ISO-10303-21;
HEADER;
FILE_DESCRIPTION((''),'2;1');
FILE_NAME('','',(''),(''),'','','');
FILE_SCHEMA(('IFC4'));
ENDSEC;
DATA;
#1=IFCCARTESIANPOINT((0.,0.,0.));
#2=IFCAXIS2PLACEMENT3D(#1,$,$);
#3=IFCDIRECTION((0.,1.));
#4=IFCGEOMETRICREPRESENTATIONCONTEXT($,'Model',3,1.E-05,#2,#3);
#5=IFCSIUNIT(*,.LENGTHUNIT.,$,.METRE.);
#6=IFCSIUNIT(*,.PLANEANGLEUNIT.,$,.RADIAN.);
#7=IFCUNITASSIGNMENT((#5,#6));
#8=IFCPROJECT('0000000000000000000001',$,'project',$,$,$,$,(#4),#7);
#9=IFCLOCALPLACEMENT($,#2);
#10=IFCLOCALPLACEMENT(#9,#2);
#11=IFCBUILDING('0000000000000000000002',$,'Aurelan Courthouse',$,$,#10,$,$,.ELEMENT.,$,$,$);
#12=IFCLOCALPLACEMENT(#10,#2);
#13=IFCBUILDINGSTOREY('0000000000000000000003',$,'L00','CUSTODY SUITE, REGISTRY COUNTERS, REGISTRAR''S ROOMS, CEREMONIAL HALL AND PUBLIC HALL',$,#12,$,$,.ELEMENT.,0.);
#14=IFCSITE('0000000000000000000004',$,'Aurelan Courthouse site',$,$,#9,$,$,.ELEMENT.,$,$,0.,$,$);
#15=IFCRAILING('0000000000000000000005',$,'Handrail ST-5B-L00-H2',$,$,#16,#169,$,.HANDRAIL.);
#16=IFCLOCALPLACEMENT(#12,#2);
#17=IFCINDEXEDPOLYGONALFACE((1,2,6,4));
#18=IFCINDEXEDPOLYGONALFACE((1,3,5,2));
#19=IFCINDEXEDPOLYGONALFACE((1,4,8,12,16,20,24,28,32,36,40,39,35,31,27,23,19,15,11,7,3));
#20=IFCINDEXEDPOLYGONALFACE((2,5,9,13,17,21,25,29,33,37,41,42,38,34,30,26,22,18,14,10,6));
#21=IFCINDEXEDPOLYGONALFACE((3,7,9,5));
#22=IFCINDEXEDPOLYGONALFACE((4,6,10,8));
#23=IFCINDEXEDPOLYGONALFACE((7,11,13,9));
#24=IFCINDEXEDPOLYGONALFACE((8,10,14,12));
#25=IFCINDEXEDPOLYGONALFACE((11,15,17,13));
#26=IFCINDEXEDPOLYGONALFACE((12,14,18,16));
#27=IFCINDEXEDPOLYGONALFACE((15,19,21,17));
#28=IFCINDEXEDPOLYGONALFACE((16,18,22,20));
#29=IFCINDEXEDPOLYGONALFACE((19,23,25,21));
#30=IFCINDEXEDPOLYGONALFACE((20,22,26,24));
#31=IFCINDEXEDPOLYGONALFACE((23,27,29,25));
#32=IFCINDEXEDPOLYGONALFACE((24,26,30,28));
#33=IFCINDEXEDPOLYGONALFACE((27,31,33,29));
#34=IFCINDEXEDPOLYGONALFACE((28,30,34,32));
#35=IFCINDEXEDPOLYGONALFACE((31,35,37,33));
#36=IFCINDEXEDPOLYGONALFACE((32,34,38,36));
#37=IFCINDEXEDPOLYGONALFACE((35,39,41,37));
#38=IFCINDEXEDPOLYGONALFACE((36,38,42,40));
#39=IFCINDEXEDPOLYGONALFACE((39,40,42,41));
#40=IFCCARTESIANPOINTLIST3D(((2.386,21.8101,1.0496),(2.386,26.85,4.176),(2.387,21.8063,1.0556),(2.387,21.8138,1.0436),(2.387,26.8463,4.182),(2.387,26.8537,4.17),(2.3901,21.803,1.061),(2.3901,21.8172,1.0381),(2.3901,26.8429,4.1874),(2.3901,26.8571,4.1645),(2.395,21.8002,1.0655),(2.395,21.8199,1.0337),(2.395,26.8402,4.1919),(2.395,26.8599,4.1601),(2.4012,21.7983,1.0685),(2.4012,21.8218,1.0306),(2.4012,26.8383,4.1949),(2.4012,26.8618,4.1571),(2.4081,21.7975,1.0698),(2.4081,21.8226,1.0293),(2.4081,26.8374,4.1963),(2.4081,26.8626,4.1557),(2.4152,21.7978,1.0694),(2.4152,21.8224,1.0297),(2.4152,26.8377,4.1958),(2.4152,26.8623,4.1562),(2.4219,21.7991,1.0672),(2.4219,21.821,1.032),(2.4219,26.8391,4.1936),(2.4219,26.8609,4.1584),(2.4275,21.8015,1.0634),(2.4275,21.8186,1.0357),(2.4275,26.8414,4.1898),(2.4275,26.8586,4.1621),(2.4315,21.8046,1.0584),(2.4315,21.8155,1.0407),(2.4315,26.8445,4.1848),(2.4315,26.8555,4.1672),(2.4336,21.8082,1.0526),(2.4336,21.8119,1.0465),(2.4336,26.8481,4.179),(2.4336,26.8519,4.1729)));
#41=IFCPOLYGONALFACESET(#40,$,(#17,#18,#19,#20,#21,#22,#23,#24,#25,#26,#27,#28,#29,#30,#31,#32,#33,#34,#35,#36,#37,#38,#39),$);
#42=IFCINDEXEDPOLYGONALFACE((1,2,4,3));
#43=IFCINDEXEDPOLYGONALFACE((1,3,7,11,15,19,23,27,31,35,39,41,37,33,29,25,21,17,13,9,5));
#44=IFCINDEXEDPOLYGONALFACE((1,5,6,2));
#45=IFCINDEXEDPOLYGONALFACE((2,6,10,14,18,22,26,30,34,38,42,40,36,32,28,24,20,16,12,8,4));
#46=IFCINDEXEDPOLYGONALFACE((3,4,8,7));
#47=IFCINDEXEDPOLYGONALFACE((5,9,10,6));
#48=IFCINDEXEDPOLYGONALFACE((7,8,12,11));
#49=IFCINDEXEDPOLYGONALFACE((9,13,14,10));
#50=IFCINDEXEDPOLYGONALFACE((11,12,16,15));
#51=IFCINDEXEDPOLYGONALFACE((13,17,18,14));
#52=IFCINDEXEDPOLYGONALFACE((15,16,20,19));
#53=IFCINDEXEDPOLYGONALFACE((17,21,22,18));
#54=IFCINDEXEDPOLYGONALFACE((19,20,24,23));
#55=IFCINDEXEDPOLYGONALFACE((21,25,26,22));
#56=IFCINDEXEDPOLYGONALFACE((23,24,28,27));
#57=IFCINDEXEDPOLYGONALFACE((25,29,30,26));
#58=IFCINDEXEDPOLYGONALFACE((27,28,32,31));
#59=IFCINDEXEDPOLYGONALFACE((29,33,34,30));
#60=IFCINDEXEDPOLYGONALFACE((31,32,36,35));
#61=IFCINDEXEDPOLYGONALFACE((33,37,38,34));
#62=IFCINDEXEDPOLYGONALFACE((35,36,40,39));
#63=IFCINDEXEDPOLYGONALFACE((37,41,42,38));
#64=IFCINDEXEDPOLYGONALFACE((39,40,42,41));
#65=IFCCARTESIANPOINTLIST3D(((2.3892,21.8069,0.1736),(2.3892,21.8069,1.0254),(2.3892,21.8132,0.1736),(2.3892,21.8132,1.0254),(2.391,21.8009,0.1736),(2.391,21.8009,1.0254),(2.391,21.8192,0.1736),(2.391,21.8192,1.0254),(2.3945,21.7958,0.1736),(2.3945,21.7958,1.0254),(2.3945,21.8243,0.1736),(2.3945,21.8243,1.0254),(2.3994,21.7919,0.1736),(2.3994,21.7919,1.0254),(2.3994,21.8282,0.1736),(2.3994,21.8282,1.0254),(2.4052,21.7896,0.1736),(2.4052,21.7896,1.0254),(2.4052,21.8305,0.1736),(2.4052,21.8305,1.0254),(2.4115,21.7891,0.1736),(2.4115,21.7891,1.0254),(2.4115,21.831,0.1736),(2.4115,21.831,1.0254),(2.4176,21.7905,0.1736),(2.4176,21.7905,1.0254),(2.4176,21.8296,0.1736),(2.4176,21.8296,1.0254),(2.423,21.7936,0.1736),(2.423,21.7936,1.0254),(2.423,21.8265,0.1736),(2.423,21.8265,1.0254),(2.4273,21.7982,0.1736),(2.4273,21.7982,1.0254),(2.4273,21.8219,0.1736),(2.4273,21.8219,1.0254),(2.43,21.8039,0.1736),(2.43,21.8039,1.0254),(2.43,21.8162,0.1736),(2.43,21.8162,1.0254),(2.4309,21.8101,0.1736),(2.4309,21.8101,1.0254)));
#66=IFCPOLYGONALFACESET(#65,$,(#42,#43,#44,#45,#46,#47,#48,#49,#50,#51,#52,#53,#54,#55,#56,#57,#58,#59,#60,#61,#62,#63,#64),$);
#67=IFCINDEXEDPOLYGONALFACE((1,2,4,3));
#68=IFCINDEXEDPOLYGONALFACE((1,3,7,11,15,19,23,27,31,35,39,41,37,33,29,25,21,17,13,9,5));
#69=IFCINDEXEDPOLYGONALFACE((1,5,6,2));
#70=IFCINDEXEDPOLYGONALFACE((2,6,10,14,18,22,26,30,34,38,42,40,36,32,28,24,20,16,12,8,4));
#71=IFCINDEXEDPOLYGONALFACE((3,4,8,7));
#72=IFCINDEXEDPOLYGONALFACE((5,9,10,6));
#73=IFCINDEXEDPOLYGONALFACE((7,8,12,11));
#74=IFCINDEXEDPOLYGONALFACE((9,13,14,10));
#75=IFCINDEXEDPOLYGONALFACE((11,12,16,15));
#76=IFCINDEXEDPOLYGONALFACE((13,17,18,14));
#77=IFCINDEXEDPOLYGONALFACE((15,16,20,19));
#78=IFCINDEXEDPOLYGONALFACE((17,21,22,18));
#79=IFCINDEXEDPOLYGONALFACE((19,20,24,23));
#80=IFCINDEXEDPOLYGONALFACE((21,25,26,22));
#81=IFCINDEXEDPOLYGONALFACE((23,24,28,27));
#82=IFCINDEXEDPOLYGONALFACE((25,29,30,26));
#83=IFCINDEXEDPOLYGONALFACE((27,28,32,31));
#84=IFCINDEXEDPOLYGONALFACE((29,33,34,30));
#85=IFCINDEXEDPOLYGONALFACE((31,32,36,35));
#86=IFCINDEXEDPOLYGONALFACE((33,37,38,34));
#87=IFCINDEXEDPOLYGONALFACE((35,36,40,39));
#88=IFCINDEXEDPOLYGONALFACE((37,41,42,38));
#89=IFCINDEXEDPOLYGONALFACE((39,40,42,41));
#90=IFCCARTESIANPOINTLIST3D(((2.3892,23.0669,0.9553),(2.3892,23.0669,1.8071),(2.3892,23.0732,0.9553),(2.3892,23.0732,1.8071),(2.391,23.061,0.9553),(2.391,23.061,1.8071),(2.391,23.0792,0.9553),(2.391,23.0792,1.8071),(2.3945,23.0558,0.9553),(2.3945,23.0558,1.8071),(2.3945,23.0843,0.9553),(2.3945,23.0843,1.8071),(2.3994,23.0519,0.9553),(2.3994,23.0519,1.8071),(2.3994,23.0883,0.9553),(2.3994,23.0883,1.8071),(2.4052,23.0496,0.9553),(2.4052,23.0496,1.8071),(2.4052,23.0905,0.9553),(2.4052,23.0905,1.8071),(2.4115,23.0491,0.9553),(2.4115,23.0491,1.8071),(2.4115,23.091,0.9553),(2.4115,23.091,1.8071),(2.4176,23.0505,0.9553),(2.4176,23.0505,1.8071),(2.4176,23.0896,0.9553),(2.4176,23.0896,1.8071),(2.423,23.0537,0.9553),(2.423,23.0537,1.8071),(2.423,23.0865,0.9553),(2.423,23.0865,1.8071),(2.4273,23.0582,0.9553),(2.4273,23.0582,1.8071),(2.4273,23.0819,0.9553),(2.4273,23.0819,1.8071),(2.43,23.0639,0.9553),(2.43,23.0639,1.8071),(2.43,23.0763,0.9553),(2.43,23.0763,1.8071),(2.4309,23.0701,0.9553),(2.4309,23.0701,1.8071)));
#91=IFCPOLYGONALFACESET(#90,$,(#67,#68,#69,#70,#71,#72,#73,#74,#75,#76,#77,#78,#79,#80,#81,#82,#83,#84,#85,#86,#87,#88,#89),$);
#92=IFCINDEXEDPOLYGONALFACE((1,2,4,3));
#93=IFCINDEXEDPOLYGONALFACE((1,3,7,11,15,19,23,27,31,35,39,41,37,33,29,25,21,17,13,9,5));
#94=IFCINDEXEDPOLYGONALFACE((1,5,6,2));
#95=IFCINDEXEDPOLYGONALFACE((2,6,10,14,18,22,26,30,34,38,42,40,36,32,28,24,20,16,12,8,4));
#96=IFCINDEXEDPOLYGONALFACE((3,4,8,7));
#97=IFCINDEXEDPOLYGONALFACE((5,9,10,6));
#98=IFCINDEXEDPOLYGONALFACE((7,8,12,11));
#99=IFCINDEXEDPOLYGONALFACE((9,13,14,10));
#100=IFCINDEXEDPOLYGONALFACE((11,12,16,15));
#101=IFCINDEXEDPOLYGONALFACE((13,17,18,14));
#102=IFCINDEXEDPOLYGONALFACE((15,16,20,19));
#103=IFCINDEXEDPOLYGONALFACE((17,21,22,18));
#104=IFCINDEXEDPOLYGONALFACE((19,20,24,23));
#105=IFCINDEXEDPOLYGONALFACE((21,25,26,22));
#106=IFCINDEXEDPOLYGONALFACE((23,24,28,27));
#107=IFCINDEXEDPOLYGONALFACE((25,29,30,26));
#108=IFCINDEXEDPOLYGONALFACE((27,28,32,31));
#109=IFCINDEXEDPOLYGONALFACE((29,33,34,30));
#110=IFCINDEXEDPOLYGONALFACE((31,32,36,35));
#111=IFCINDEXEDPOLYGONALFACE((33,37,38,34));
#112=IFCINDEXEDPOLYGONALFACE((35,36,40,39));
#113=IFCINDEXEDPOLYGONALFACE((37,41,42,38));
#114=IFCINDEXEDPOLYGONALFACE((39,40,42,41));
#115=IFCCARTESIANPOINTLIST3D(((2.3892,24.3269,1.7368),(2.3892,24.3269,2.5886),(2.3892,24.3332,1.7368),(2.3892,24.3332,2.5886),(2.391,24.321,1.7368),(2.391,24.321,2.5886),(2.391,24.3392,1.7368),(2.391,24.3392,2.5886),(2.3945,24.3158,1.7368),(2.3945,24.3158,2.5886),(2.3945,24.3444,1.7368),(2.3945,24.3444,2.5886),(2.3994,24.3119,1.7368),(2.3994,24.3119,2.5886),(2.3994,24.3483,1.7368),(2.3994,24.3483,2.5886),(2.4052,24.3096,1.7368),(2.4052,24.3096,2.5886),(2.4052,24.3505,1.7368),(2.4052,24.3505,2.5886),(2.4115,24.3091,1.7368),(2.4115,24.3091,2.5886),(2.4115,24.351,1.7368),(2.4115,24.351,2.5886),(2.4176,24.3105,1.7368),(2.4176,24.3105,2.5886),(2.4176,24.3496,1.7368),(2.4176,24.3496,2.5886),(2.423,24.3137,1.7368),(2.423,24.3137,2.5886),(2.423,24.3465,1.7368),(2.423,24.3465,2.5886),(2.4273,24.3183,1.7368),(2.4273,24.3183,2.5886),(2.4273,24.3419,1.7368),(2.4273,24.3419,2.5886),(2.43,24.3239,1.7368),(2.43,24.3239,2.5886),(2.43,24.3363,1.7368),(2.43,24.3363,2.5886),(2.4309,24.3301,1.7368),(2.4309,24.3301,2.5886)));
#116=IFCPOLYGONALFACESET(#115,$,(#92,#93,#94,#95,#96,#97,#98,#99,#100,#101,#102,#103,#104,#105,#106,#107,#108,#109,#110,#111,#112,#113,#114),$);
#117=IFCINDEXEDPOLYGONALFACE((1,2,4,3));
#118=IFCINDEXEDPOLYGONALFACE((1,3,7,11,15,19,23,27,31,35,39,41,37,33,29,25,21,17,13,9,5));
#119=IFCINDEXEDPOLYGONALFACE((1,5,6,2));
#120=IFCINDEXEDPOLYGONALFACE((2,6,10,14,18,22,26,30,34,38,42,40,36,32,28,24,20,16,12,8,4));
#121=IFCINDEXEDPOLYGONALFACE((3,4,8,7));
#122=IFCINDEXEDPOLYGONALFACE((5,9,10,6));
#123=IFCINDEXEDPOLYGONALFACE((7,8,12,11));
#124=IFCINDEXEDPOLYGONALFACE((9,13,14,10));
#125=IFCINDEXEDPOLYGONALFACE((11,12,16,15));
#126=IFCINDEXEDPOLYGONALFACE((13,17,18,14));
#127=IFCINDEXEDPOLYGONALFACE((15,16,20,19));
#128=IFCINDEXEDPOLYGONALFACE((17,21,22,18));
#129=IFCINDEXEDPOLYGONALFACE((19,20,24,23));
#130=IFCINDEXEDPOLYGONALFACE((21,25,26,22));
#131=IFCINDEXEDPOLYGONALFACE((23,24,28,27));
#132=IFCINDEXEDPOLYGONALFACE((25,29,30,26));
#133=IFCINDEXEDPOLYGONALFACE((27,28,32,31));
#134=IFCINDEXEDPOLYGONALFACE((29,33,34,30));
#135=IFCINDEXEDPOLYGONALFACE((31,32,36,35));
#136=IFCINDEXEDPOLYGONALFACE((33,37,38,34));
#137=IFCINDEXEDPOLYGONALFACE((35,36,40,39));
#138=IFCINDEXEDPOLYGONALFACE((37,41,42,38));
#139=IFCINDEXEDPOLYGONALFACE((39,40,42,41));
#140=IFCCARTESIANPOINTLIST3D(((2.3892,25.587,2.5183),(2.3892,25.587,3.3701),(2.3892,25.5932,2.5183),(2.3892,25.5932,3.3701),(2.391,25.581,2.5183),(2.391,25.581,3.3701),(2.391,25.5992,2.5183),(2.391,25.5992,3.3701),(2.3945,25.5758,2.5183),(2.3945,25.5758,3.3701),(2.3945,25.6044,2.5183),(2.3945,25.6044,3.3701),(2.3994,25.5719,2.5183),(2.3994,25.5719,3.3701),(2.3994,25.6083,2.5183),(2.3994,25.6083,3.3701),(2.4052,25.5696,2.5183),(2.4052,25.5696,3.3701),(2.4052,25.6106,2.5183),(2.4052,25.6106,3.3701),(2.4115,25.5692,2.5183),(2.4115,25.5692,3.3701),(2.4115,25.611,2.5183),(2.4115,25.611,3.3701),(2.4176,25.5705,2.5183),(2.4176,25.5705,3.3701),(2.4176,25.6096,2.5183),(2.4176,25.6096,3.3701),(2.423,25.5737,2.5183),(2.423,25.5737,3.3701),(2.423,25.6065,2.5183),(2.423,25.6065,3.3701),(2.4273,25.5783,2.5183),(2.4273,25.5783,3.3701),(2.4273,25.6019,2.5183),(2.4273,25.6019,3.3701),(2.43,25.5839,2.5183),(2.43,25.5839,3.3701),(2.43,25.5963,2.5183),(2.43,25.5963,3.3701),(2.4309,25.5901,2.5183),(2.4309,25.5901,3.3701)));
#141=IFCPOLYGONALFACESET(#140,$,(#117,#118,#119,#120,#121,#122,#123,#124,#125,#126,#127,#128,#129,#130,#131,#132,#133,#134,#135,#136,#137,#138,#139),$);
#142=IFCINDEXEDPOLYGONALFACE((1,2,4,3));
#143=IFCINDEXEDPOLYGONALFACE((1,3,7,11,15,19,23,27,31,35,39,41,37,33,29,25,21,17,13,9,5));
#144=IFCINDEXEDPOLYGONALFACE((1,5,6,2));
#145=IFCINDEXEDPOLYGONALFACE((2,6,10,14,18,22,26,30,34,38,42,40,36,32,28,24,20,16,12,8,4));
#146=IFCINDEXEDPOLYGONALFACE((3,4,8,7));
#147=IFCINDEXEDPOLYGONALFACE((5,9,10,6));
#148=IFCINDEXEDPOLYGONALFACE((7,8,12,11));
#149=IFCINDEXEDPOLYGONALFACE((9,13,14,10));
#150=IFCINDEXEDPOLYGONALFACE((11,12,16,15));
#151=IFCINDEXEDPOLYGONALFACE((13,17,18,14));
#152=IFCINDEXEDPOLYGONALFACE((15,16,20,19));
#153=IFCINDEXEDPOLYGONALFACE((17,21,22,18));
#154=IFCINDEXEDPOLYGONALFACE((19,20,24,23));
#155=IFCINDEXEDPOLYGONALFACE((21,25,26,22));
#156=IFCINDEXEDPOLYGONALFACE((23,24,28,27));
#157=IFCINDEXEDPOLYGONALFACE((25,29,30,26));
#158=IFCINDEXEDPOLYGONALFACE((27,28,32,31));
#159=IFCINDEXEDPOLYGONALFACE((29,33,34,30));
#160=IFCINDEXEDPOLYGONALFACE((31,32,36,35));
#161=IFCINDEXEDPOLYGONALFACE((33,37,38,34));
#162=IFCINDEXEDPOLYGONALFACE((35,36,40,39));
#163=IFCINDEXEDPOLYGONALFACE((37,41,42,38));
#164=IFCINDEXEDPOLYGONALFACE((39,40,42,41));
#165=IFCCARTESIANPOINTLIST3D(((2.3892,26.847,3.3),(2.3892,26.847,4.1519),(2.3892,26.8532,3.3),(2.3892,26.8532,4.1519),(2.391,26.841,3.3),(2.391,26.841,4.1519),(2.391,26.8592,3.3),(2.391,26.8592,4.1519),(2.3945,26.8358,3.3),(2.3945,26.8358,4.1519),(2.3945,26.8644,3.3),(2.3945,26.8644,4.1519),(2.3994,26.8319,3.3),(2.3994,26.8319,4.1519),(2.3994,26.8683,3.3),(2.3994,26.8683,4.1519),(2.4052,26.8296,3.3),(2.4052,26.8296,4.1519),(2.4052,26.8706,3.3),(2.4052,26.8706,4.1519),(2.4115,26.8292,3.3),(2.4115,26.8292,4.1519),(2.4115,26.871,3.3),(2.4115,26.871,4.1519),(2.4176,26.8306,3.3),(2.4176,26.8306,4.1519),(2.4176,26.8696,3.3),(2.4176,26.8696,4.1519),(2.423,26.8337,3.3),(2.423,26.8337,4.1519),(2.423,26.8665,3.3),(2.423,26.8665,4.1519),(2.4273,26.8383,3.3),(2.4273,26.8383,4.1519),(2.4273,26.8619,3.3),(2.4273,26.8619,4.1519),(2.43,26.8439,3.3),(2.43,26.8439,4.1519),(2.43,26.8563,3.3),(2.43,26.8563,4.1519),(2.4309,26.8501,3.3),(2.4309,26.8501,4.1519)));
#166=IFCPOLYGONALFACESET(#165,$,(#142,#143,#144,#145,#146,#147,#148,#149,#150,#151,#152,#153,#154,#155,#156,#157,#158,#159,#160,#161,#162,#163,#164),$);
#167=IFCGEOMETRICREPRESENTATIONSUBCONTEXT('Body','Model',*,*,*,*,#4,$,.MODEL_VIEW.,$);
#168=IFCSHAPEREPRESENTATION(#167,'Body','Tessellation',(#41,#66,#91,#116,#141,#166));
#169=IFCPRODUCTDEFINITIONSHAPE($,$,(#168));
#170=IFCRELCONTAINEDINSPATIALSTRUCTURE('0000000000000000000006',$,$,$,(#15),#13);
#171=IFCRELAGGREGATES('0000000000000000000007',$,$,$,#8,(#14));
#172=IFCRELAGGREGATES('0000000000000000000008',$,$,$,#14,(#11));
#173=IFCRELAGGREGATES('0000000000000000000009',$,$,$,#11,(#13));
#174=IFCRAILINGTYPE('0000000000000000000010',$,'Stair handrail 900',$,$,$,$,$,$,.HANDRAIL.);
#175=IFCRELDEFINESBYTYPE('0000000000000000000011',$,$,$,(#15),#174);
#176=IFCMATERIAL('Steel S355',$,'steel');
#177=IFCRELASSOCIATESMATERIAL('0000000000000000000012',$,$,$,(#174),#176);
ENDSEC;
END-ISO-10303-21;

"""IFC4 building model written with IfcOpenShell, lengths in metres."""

from ifc_helpers import new_model, si_unit, direction, frame, origin, origin_2d, place, context, subcontext, project, spatial, circle, extrude, material, type_object, element, save


model = new_model("IFC4")

# Units and contexts
model_context = context("Model", 3, precision=1e-05, world=origin(), true_north=direction((0.0, 1.0)))
body_context = subcontext(model_context, "Body", "Model", "MODEL_VIEW")
ifc_project = project(units=[si_unit("LENGTHUNIT", "METRE"), si_unit("PLANEANGLEUNIT", "RADIAN")], contexts=[model_context])

# Site, building, storey
site_placement = place(None, origin())
site = spatial("IfcSite", under=ifc_project, at=site_placement, Name="Aurelan Courthouse site", CompositionType="ELEMENT", RefElevation=0.0)
building_placement = place(site_placement, origin())
building = spatial("IfcBuilding", under=site, at=building_placement, Name="Aurelan Courthouse", CompositionType="ELEMENT")
storey_placement = place(building_placement, origin())
storey = spatial("IfcBuildingStorey", under=building, at=storey_placement, Name="L00", Description="CUSTODY SUITE, REGISTRY COUNTERS, REGISTRAR'S ROOMS, CEREMONIAL HALL AND PUBLIC HALL", CompositionType="ELEMENT", Elevation=0.0)

# Railing
ifc_material_1 = material(Name="Steel S355", Category="steel")
railing_type_1 = type_object("IfcRailingType", Name="Stair handrail 900", PredefinedType="HANDRAIL", material=ifc_material_1)
for number, where, name in (
    (1, (2.4099, 21.8101, 0.1736), "Handrail ST-5B-L00-H2"),
):
    element("IfcRailing", number, at=place(storey_placement, frame(where)), inside=storey, type_object=railing_type_1, Name=name, PredefinedType="HANDRAIL", context=body_context, shape_type="SweptSolid", body=[
        extrude(circle(Radius=0.0239, at=origin_2d()), frame((0.0, 0.0, 0.876), z_axis=(0.0, 0.849779, 0.527139), x_axis=(-1.0, 0.0, 0.0)), (0.0, 0.0, 1.0), 5.9309),
        extrude(circle(Radius=0.021, at=origin_2d()), origin(), (0.0, 0.0, 1.0), 0.8518),
        extrude(circle(Radius=0.021, at=origin_2d()), frame((0.0, 1.26, 0.7817)), (0.0, 0.0, 1.0), 0.8518),
        extrude(circle(Radius=0.021, at=origin_2d()), frame((0.0, 2.52, 1.5632)), (0.0, 0.0, 1.0), 0.8518),
        extrude(circle(Radius=0.021, at=origin_2d()), frame((0.0, 3.78, 2.3447)), (0.0, 0.0, 1.0), 0.8518),
        extrude(circle(Radius=0.021, at=origin_2d()), frame((0.0, 5.04, 3.1265)), (0.0, 0.0, 1.0), 0.8518),
    ])

save(model, "model.ifc")
